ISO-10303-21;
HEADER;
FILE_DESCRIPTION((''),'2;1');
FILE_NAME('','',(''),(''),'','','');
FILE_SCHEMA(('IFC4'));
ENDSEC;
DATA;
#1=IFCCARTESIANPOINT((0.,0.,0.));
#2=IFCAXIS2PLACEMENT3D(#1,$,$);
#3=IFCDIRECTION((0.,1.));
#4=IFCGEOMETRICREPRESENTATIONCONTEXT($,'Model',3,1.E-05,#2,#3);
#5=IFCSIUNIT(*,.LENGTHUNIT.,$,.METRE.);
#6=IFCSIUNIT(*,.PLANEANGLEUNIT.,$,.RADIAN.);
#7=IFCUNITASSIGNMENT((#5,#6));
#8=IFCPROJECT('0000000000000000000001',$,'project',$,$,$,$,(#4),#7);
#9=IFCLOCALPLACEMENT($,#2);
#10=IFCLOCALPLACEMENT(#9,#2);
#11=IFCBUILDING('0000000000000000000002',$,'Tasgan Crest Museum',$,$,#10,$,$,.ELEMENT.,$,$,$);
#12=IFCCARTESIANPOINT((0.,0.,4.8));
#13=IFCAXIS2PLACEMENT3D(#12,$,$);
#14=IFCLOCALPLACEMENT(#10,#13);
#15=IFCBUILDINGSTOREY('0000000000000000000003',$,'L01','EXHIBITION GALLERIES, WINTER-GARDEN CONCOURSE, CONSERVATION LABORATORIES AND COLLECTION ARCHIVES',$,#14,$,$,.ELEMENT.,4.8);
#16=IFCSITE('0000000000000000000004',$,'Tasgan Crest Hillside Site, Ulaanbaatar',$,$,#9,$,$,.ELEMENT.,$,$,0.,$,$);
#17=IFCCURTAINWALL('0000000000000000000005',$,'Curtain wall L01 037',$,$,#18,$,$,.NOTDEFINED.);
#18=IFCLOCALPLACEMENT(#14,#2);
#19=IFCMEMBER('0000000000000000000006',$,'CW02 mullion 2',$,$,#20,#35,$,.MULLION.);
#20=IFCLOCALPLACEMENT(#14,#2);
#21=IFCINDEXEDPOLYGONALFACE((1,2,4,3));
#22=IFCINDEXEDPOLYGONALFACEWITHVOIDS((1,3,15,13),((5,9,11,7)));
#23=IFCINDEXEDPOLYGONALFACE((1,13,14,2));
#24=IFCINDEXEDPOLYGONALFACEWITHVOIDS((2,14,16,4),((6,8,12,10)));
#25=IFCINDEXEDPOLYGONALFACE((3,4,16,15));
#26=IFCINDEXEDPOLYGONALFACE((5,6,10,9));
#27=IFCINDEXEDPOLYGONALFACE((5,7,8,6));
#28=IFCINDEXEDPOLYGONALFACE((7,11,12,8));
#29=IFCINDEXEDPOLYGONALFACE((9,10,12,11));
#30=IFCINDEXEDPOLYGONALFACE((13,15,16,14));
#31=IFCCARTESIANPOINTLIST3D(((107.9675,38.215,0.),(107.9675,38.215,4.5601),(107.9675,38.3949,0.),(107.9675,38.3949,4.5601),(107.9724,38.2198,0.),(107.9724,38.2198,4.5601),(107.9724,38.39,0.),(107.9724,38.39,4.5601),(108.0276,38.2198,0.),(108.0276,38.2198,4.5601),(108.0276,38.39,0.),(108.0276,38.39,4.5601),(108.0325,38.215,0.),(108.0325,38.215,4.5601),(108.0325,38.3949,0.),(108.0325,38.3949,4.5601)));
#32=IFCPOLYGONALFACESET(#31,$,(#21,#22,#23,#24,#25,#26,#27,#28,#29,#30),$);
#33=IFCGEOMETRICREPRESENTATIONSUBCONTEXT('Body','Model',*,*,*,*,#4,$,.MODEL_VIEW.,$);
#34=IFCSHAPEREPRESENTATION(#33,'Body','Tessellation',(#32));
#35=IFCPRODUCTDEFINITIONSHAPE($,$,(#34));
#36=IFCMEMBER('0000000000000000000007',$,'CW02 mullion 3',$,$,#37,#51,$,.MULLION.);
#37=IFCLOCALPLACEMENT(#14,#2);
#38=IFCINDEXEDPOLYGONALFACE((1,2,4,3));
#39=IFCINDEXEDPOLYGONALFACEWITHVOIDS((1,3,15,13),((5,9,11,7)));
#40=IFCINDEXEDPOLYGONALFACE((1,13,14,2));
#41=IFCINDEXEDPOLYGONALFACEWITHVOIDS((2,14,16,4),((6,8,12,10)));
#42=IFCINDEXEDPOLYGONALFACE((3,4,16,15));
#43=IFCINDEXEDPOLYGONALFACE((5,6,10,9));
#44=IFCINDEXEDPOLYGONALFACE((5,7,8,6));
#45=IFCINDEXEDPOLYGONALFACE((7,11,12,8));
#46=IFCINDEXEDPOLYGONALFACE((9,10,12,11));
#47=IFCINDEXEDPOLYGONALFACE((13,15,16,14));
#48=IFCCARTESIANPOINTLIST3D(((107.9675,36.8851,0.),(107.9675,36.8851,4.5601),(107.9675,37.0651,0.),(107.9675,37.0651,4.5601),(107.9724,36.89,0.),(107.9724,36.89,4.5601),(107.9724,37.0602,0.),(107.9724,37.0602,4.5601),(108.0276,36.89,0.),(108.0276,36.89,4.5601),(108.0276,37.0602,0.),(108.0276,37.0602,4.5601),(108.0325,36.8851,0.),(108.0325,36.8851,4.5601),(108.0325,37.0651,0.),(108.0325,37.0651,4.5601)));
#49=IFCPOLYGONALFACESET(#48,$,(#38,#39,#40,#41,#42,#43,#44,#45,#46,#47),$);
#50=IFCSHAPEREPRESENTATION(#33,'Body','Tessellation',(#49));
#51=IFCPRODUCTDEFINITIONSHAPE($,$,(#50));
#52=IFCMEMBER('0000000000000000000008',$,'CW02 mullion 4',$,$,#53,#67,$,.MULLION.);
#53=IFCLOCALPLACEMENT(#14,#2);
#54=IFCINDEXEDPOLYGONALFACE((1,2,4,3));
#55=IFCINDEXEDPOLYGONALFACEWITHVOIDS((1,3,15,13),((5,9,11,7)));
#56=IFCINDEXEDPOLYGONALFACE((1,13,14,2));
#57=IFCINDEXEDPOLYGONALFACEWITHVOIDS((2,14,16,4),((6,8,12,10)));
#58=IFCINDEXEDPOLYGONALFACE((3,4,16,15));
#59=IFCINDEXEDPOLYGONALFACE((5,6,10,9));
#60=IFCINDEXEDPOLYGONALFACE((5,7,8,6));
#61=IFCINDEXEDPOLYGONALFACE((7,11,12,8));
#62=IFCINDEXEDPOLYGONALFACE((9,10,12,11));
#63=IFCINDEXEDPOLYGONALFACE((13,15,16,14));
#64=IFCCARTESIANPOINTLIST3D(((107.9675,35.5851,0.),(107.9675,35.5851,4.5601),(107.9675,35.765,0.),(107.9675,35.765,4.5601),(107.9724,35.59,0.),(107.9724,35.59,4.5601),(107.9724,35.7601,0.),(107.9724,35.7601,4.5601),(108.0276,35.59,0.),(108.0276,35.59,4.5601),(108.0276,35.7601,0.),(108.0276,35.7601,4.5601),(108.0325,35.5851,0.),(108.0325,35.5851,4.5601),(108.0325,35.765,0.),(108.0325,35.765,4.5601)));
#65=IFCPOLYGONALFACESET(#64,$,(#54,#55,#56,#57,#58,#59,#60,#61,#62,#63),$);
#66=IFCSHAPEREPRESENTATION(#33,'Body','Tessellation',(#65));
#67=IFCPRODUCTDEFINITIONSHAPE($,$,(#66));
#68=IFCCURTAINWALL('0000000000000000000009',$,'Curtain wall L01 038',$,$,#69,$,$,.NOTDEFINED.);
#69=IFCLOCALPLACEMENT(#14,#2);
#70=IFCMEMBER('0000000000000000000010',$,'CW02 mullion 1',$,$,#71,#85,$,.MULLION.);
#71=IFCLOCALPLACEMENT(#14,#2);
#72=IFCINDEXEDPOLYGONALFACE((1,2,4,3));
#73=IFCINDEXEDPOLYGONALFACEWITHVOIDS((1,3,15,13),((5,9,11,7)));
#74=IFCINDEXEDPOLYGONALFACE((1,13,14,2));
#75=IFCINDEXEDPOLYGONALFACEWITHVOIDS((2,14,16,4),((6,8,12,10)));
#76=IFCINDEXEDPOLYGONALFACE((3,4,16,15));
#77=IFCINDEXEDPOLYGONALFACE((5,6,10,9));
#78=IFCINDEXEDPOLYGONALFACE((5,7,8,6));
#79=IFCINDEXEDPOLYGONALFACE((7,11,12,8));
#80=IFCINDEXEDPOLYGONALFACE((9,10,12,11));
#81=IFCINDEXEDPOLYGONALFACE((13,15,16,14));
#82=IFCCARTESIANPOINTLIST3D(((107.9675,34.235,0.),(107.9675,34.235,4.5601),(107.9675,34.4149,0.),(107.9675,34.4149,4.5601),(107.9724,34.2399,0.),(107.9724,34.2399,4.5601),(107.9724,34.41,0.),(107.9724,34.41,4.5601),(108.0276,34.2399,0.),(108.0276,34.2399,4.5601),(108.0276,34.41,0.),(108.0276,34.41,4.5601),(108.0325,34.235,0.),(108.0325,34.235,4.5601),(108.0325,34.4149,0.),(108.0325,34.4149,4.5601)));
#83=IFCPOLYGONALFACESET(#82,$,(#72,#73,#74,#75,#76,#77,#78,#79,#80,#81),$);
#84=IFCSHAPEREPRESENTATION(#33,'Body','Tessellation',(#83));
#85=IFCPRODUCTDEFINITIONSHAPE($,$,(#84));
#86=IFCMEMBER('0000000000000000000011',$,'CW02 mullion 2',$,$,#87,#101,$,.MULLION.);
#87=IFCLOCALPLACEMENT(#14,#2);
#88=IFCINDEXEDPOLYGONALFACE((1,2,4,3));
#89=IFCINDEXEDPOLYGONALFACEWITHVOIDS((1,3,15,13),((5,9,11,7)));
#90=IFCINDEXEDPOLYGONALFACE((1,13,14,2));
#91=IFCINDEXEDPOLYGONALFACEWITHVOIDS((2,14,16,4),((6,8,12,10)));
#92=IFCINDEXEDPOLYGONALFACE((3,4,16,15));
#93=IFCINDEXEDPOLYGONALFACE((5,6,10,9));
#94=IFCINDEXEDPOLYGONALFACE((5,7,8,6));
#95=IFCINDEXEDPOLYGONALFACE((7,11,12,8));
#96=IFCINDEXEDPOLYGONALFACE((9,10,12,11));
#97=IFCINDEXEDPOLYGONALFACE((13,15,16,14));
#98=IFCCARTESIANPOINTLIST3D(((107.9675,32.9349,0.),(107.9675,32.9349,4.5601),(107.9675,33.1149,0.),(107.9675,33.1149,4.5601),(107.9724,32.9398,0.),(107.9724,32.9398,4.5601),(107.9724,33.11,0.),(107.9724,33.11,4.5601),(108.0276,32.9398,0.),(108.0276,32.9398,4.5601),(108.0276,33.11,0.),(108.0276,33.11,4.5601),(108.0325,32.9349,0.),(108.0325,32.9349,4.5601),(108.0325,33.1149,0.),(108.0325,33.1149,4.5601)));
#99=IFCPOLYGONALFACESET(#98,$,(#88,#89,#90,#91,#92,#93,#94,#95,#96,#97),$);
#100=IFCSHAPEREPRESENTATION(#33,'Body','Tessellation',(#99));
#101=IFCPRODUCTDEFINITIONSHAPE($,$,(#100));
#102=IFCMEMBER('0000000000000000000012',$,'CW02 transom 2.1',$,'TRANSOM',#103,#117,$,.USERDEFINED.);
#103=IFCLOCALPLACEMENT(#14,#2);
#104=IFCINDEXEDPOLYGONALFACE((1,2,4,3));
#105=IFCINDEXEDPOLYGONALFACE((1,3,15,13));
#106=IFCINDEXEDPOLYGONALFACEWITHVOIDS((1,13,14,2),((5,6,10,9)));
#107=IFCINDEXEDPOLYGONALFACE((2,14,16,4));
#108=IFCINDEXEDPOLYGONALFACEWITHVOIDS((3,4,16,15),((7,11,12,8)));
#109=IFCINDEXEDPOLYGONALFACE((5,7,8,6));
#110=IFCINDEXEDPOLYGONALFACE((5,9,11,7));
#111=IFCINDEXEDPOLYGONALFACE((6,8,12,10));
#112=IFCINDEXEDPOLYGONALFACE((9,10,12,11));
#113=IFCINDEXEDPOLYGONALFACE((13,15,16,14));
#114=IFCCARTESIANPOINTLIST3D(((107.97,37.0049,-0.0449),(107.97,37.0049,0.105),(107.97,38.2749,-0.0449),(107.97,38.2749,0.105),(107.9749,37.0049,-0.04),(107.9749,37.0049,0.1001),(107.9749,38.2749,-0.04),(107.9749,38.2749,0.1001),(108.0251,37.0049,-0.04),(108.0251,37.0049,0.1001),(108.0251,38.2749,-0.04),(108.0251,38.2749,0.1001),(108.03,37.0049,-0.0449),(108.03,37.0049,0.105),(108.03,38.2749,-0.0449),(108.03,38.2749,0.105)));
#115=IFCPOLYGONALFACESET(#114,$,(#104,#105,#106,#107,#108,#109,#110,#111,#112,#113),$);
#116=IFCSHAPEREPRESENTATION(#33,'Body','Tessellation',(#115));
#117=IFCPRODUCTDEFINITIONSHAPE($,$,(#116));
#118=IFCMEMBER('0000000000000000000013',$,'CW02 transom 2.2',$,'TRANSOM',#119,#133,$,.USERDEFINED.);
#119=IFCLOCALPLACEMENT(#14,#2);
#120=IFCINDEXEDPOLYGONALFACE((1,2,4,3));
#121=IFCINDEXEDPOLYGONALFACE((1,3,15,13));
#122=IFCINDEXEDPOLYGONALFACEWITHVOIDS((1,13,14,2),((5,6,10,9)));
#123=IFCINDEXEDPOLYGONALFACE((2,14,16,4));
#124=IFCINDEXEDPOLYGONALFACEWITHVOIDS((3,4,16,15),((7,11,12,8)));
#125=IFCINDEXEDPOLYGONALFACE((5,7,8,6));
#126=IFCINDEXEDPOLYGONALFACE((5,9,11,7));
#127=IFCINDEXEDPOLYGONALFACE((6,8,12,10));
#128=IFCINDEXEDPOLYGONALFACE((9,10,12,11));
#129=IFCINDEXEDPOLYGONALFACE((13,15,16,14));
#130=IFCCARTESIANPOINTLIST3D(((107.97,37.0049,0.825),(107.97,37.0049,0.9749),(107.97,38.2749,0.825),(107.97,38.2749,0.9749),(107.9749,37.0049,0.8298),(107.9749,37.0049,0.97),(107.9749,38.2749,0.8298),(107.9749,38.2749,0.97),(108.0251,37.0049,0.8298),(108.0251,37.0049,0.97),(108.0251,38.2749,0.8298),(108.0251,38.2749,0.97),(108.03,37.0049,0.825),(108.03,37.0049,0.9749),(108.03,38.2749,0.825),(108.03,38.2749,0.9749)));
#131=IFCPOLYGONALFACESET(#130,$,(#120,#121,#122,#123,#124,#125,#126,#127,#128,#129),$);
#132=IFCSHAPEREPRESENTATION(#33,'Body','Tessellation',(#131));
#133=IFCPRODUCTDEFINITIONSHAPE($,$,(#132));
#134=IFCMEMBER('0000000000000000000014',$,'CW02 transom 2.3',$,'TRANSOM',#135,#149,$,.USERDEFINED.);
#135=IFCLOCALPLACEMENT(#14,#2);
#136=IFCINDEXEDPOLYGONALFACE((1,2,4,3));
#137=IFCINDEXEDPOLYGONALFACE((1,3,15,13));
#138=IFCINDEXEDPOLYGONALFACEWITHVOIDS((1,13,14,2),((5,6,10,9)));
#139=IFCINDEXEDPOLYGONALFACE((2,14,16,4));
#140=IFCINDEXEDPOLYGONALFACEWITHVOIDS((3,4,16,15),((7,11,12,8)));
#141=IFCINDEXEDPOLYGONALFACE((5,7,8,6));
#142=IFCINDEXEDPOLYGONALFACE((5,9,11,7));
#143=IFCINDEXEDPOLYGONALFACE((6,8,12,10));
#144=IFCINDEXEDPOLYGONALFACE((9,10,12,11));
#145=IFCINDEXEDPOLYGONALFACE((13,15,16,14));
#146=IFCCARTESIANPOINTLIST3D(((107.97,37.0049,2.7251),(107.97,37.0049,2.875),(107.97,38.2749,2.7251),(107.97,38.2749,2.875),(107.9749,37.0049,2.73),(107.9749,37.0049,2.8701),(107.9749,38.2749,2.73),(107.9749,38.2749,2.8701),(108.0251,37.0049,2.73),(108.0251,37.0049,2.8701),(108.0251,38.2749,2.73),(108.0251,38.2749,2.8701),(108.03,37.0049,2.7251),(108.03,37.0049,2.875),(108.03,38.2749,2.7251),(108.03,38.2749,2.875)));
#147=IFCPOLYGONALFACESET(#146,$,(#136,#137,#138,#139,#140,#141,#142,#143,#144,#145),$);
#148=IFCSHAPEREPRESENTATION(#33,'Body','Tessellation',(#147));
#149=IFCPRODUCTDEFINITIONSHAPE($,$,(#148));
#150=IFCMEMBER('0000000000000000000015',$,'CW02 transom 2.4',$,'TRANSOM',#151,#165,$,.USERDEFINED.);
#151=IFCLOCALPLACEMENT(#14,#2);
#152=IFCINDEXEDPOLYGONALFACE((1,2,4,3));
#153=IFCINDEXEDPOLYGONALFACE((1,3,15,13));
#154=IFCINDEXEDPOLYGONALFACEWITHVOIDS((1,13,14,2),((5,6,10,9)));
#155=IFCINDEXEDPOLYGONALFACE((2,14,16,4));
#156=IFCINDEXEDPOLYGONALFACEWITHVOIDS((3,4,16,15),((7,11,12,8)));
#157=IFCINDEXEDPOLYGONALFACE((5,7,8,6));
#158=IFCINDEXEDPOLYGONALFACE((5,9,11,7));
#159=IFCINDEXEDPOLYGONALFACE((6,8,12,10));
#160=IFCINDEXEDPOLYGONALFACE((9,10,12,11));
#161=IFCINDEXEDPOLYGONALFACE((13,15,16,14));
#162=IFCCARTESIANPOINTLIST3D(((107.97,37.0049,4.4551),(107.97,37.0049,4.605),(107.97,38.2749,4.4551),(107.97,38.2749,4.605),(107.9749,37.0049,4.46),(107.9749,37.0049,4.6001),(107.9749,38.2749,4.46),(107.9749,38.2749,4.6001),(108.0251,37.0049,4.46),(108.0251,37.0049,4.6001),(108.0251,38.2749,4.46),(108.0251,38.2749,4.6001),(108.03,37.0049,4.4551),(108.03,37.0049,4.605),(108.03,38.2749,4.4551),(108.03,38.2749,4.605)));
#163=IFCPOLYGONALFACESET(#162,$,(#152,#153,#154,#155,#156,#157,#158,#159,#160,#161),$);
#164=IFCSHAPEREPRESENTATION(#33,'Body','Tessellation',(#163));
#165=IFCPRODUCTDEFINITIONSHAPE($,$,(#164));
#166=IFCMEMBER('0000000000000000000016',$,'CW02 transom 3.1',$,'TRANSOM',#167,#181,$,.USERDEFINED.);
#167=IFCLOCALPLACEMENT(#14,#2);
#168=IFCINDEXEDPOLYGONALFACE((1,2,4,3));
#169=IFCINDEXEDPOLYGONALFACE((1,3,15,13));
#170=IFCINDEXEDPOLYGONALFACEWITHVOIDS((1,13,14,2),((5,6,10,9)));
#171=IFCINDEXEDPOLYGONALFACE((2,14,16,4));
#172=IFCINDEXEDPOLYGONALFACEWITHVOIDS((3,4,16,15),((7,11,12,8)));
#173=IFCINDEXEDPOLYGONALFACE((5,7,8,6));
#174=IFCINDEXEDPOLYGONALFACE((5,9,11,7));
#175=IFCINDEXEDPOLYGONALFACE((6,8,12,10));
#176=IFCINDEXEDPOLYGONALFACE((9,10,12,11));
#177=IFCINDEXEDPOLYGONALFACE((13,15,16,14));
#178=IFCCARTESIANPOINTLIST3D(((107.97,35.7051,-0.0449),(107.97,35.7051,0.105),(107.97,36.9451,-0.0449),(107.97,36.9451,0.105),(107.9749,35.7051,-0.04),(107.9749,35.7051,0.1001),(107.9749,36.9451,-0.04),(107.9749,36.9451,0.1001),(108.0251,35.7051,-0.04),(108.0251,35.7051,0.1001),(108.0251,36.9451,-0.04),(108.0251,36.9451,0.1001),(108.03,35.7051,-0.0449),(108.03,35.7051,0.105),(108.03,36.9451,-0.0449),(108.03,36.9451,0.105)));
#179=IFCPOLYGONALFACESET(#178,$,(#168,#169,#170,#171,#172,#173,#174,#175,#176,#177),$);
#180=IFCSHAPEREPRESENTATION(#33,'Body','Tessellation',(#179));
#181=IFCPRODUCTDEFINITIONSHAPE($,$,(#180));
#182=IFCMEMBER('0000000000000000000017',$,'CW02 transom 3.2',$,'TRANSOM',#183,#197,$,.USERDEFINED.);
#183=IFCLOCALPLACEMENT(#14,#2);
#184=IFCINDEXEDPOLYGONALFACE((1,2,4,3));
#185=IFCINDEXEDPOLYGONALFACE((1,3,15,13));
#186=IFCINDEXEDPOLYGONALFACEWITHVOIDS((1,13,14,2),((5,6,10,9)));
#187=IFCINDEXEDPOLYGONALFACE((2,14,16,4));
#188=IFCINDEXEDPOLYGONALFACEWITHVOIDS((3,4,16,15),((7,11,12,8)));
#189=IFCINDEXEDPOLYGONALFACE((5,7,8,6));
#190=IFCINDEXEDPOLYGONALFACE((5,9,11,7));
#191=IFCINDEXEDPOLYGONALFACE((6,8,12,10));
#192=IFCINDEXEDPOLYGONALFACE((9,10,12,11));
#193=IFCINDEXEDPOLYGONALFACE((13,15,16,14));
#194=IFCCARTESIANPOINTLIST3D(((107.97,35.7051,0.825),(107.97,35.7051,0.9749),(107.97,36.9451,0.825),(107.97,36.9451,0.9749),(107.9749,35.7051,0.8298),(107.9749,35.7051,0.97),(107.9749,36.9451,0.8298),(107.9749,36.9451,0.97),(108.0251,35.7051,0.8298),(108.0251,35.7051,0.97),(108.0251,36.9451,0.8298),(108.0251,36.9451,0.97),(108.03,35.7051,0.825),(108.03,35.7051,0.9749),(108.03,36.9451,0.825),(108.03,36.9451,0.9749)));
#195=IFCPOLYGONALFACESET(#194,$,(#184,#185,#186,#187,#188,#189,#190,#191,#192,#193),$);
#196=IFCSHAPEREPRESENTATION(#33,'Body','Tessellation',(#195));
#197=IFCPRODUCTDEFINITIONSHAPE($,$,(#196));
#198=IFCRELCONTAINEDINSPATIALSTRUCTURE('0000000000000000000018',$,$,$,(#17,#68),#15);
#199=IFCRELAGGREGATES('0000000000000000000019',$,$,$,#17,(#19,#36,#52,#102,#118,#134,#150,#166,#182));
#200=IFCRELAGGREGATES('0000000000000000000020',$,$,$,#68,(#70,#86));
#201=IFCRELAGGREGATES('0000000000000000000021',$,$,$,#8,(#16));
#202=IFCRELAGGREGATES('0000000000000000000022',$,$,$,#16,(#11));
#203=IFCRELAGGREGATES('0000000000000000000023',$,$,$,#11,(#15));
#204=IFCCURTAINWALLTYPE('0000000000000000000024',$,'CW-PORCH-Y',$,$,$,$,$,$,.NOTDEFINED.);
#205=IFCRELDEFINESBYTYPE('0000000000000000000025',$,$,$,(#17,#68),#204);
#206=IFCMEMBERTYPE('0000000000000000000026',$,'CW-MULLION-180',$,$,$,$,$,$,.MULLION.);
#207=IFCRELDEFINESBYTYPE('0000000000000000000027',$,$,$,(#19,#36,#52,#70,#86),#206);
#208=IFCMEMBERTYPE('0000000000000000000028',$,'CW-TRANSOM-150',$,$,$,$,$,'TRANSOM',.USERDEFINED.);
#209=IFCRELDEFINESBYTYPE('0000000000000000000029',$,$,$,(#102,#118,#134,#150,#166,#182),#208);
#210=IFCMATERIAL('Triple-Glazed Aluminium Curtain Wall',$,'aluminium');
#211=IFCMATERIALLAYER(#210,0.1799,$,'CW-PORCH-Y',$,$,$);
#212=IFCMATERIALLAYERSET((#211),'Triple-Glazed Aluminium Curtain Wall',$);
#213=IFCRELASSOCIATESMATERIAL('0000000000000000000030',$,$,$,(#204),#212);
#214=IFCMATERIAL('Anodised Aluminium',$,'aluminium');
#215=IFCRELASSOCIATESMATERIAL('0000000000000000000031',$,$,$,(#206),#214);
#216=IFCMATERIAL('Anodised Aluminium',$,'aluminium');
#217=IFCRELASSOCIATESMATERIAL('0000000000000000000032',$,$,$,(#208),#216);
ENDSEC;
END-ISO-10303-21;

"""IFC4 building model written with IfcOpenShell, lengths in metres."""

from ifc_helpers import new_model, si_unit, direction, frame, origin, origin_2d, place, context, subcontext, project, spatial, hollow_rectangle, extrude, material, layer, layer_set, material_profile, profile_set, type_object, element, aggregate, save


model = new_model("IFC4")

# Units and contexts
model_context = context("Model", 3, precision=1e-05, world=origin(), true_north=direction((0.0, 1.0)))
body_context = subcontext(model_context, "Body", "Model", "MODEL_VIEW")
ifc_project = project(units=[si_unit("LENGTHUNIT", "METRE"), si_unit("PLANEANGLEUNIT", "RADIAN")], contexts=[model_context])

# Site, building, storey
site_placement = place(None, origin())
site = spatial("IfcSite", under=ifc_project, at=site_placement, Name="Tasgan Crest Hillside Site, Ulaanbaatar", CompositionType="ELEMENT", RefElevation=0.0)
building_placement = place(site_placement, origin())
building = spatial("IfcBuilding", under=site, at=building_placement, Name="Tasgan Crest Museum", CompositionType="ELEMENT")
storey_placement = place(building_placement, frame((0.0, 0.0, 4.8)))
storey = spatial("IfcBuildingStorey", under=building, at=storey_placement, Name="L01", Description="EXHIBITION GALLERIES, WINTER-GARDEN CONCOURSE, CONSERVATION LABORATORIES AND COLLECTION ARCHIVES", CompositionType="ELEMENT", Elevation=4.8)

# Curtain walls, members
ifc_material_1 = material(Name="Triple-Glazed Aluminium Curtain Wall", Category="aluminium")
ifc_layer_1 = layer(ifc_material_1, 0.1799, Name="CW-PORCH-Y")
ifc_layer_set_1 = layer_set([ifc_layer_1], Name="Triple-Glazed Aluminium Curtain Wall")
curtain_wall_type = type_object("IfcCurtainWallType", Name="CW-PORCH-Y", PredefinedType="NOTDEFINED", material=ifc_layer_set_1)
curtain_wall_1_placement = place(storey_placement, origin())
curtain_wall_1 = element("IfcCurtainWall", 1, at=curtain_wall_1_placement, inside=storey, type_object=curtain_wall_type, Name="Curtain wall L01 037", PredefinedType="NOTDEFINED")
ifc_material_2 = material(Name="Anodised Aluminium", Category="aluminium")
ifc_material_profile_1 = material_profile(ifc_material_2, hollow_rectangle(XDim=0.0649, YDim=0.1799, WallThickness=0.0049, at=origin_2d()), Name="ALU MULLION 180x65x5")
ifc_profile_set_1 = profile_set([ifc_material_profile_1], Name="Anodised Aluminium")
member_type_1 = type_object("IfcMemberType", Name="CW-MULLION-180", PredefinedType="MULLION", material=ifc_profile_set_1)
member_1_placement = place(storey_placement, frame((108.0, 38.3049, 0.0), z_axis=(0.0, 0.0, 1.0), x_axis=(1.0, 0.0, 0.0)))
member_1 = element("IfcMember", 2, at=member_1_placement, type_object=member_type_1, Name="CW02 mullion 2", PredefinedType="MULLION", context=body_context, shape_type="SweptSolid", body=[
    extrude(hollow_rectangle(XDim=0.0649, YDim=0.1799, WallThickness=0.0049, at=origin_2d()), origin(), (0.0, 0.0, 1.0), 4.5601),
])
member_2_placement = place(storey_placement, frame((108.0, 36.9751, 0.0), z_axis=(0.0, 0.0, 1.0), x_axis=(1.0, 0.0, 0.0)))
member_2 = element("IfcMember", 3, at=member_2_placement, type_object=member_type_1, Name="CW02 mullion 3", PredefinedType="MULLION", context=body_context, shape_type="SweptSolid", body=[
    extrude(hollow_rectangle(XDim=0.0649, YDim=0.1799, WallThickness=0.0049, at=origin_2d()), origin(), (0.0, 0.0, 1.0), 4.5601),
])
member_3_placement = place(storey_placement, frame((108.0, 35.675, 0.0), z_axis=(0.0, 0.0, 1.0), x_axis=(1.0, 0.0, 0.0)))
member_3 = element("IfcMember", 4, at=member_3_placement, type_object=member_type_1, Name="CW02 mullion 4", PredefinedType="MULLION", context=body_context, shape_type="SweptSolid", body=[
    extrude(hollow_rectangle(XDim=0.0649, YDim=0.1799, WallThickness=0.0049, at=origin_2d()), origin(), (0.0, 0.0, 1.0), 4.5601),
])
curtain_wall_2_placement = place(storey_placement, origin())
curtain_wall_2 = element("IfcCurtainWall", 5, at=curtain_wall_2_placement, inside=storey, type_object=curtain_wall_type, Name="Curtain wall L01 038", PredefinedType="NOTDEFINED")
member_4_placement = place(storey_placement, frame((108.0, 34.325, 0.0), z_axis=(0.0, 0.0, 1.0), x_axis=(1.0, 0.0, 0.0)))
member_4 = element("IfcMember", 6, at=member_4_placement, type_object=member_type_1, Name="CW02 mullion 1", PredefinedType="MULLION", context=body_context, shape_type="SweptSolid", body=[
    extrude(hollow_rectangle(XDim=0.0649, YDim=0.1799, WallThickness=0.0049, at=origin_2d()), origin(), (0.0, 0.0, 1.0), 4.5601),
])
member_5_placement = place(storey_placement, frame((108.0, 33.0249, 0.0), z_axis=(0.0, 0.0, 1.0), x_axis=(1.0, 0.0, 0.0)))
member_5 = element("IfcMember", 7, at=member_5_placement, type_object=member_type_1, Name="CW02 mullion 2", PredefinedType="MULLION", context=body_context, shape_type="SweptSolid", body=[
    extrude(hollow_rectangle(XDim=0.0649, YDim=0.1799, WallThickness=0.0049, at=origin_2d()), origin(), (0.0, 0.0, 1.0), 4.5601),
])

# Members
ifc_material_3 = material(Name="Anodised Aluminium", Category="aluminium")
ifc_material_profile_2 = material_profile(ifc_material_3, hollow_rectangle(XDim=0.0601, YDim=0.1499, WallThickness=0.0049, at=origin_2d()), Name="ALU TRANSOM 150x60x5")
ifc_profile_set_2 = profile_set([ifc_material_profile_2], Name="Anodised Aluminium")
member_type_2 = type_object("IfcMemberType", Name="CW-TRANSOM-150", ElementType="TRANSOM", PredefinedType="USERDEFINED", material=ifc_profile_set_2)
member_6_placement = place(storey_placement, frame((108.0, 38.2749, 0.03), z_axis=(0.0, -1.0, 0.0), x_axis=(1.0, 0.0, 0.0)))
member_6 = element("IfcMember", 8, at=member_6_placement, type_object=member_type_2, Name="CW02 transom 2.1", ObjectType="TRANSOM", PredefinedType="USERDEFINED", context=body_context, shape_type="SweptSolid", body=[
    extrude(hollow_rectangle(XDim=0.0601, YDim=0.1499, WallThickness=0.0049, at=origin_2d()), origin(), (0.0, 0.0, 1.0), 1.27),
])
member_7_placement = place(storey_placement, frame((108.0, 38.2749, 0.8999), z_axis=(0.0, -1.0, 0.0), x_axis=(1.0, 0.0, 0.0)))
member_7 = element("IfcMember", 9, at=member_7_placement, type_object=member_type_2, Name="CW02 transom 2.2", ObjectType="TRANSOM", PredefinedType="USERDEFINED", context=body_context, shape_type="SweptSolid", body=[
    extrude(hollow_rectangle(XDim=0.0601, YDim=0.1499, WallThickness=0.0049, at=origin_2d()), origin(), (0.0, 0.0, 1.0), 1.27),
])
member_8_placement = place(storey_placement, frame((108.0, 38.2749, 2.8), z_axis=(0.0, -1.0, 0.0), x_axis=(1.0, 0.0, 0.0)))
member_8 = element("IfcMember", 10, at=member_8_placement, type_object=member_type_2, Name="CW02 transom 2.3", ObjectType="TRANSOM", PredefinedType="USERDEFINED", context=body_context, shape_type="SweptSolid", body=[
    extrude(hollow_rectangle(XDim=0.0601, YDim=0.1499, WallThickness=0.0049, at=origin_2d()), origin(), (0.0, 0.0, 1.0), 1.27),
])
member_9_placement = place(storey_placement, frame((108.0, 38.2749, 4.53), z_axis=(0.0, -1.0, 0.0), x_axis=(1.0, 0.0, 0.0)))
member_9 = element("IfcMember", 11, at=member_9_placement, type_object=member_type_2, Name="CW02 transom 2.4", ObjectType="TRANSOM", PredefinedType="USERDEFINED", context=body_context, shape_type="SweptSolid", body=[
    extrude(hollow_rectangle(XDim=0.0601, YDim=0.1499, WallThickness=0.0049, at=origin_2d()), origin(), (0.0, 0.0, 1.0), 1.27),
])
member_10_placement = place(storey_placement, frame((108.0, 36.9451, 0.03), z_axis=(0.0, -1.0, 0.0), x_axis=(1.0, 0.0, 0.0)))
member_10 = element("IfcMember", 12, at=member_10_placement, type_object=member_type_2, Name="CW02 transom 3.1", ObjectType="TRANSOM", PredefinedType="USERDEFINED", context=body_context, shape_type="SweptSolid", body=[
    extrude(hollow_rectangle(XDim=0.0601, YDim=0.1499, WallThickness=0.0049, at=origin_2d()), origin(), (0.0, 0.0, 1.0), 1.24),
])
member_11_placement = place(storey_placement, frame((108.0, 36.9451, 0.8999), z_axis=(0.0, -1.0, 0.0), x_axis=(1.0, 0.0, 0.0)))
member_11 = element("IfcMember", 13, at=member_11_placement, type_object=member_type_2, Name="CW02 transom 3.2", ObjectType="TRANSOM", PredefinedType="USERDEFINED", context=body_context, shape_type="SweptSolid", body=[
    extrude(hollow_rectangle(XDim=0.0601, YDim=0.1499, WallThickness=0.0049, at=origin_2d()), origin(), (0.0, 0.0, 1.0), 1.24),
])

aggregate(curtain_wall_1, [member_1, member_2, member_3, member_6, member_7, member_8, member_9, member_10, member_11])
aggregate(curtain_wall_2, [member_4, member_5])

save(model, "model.ifc")
